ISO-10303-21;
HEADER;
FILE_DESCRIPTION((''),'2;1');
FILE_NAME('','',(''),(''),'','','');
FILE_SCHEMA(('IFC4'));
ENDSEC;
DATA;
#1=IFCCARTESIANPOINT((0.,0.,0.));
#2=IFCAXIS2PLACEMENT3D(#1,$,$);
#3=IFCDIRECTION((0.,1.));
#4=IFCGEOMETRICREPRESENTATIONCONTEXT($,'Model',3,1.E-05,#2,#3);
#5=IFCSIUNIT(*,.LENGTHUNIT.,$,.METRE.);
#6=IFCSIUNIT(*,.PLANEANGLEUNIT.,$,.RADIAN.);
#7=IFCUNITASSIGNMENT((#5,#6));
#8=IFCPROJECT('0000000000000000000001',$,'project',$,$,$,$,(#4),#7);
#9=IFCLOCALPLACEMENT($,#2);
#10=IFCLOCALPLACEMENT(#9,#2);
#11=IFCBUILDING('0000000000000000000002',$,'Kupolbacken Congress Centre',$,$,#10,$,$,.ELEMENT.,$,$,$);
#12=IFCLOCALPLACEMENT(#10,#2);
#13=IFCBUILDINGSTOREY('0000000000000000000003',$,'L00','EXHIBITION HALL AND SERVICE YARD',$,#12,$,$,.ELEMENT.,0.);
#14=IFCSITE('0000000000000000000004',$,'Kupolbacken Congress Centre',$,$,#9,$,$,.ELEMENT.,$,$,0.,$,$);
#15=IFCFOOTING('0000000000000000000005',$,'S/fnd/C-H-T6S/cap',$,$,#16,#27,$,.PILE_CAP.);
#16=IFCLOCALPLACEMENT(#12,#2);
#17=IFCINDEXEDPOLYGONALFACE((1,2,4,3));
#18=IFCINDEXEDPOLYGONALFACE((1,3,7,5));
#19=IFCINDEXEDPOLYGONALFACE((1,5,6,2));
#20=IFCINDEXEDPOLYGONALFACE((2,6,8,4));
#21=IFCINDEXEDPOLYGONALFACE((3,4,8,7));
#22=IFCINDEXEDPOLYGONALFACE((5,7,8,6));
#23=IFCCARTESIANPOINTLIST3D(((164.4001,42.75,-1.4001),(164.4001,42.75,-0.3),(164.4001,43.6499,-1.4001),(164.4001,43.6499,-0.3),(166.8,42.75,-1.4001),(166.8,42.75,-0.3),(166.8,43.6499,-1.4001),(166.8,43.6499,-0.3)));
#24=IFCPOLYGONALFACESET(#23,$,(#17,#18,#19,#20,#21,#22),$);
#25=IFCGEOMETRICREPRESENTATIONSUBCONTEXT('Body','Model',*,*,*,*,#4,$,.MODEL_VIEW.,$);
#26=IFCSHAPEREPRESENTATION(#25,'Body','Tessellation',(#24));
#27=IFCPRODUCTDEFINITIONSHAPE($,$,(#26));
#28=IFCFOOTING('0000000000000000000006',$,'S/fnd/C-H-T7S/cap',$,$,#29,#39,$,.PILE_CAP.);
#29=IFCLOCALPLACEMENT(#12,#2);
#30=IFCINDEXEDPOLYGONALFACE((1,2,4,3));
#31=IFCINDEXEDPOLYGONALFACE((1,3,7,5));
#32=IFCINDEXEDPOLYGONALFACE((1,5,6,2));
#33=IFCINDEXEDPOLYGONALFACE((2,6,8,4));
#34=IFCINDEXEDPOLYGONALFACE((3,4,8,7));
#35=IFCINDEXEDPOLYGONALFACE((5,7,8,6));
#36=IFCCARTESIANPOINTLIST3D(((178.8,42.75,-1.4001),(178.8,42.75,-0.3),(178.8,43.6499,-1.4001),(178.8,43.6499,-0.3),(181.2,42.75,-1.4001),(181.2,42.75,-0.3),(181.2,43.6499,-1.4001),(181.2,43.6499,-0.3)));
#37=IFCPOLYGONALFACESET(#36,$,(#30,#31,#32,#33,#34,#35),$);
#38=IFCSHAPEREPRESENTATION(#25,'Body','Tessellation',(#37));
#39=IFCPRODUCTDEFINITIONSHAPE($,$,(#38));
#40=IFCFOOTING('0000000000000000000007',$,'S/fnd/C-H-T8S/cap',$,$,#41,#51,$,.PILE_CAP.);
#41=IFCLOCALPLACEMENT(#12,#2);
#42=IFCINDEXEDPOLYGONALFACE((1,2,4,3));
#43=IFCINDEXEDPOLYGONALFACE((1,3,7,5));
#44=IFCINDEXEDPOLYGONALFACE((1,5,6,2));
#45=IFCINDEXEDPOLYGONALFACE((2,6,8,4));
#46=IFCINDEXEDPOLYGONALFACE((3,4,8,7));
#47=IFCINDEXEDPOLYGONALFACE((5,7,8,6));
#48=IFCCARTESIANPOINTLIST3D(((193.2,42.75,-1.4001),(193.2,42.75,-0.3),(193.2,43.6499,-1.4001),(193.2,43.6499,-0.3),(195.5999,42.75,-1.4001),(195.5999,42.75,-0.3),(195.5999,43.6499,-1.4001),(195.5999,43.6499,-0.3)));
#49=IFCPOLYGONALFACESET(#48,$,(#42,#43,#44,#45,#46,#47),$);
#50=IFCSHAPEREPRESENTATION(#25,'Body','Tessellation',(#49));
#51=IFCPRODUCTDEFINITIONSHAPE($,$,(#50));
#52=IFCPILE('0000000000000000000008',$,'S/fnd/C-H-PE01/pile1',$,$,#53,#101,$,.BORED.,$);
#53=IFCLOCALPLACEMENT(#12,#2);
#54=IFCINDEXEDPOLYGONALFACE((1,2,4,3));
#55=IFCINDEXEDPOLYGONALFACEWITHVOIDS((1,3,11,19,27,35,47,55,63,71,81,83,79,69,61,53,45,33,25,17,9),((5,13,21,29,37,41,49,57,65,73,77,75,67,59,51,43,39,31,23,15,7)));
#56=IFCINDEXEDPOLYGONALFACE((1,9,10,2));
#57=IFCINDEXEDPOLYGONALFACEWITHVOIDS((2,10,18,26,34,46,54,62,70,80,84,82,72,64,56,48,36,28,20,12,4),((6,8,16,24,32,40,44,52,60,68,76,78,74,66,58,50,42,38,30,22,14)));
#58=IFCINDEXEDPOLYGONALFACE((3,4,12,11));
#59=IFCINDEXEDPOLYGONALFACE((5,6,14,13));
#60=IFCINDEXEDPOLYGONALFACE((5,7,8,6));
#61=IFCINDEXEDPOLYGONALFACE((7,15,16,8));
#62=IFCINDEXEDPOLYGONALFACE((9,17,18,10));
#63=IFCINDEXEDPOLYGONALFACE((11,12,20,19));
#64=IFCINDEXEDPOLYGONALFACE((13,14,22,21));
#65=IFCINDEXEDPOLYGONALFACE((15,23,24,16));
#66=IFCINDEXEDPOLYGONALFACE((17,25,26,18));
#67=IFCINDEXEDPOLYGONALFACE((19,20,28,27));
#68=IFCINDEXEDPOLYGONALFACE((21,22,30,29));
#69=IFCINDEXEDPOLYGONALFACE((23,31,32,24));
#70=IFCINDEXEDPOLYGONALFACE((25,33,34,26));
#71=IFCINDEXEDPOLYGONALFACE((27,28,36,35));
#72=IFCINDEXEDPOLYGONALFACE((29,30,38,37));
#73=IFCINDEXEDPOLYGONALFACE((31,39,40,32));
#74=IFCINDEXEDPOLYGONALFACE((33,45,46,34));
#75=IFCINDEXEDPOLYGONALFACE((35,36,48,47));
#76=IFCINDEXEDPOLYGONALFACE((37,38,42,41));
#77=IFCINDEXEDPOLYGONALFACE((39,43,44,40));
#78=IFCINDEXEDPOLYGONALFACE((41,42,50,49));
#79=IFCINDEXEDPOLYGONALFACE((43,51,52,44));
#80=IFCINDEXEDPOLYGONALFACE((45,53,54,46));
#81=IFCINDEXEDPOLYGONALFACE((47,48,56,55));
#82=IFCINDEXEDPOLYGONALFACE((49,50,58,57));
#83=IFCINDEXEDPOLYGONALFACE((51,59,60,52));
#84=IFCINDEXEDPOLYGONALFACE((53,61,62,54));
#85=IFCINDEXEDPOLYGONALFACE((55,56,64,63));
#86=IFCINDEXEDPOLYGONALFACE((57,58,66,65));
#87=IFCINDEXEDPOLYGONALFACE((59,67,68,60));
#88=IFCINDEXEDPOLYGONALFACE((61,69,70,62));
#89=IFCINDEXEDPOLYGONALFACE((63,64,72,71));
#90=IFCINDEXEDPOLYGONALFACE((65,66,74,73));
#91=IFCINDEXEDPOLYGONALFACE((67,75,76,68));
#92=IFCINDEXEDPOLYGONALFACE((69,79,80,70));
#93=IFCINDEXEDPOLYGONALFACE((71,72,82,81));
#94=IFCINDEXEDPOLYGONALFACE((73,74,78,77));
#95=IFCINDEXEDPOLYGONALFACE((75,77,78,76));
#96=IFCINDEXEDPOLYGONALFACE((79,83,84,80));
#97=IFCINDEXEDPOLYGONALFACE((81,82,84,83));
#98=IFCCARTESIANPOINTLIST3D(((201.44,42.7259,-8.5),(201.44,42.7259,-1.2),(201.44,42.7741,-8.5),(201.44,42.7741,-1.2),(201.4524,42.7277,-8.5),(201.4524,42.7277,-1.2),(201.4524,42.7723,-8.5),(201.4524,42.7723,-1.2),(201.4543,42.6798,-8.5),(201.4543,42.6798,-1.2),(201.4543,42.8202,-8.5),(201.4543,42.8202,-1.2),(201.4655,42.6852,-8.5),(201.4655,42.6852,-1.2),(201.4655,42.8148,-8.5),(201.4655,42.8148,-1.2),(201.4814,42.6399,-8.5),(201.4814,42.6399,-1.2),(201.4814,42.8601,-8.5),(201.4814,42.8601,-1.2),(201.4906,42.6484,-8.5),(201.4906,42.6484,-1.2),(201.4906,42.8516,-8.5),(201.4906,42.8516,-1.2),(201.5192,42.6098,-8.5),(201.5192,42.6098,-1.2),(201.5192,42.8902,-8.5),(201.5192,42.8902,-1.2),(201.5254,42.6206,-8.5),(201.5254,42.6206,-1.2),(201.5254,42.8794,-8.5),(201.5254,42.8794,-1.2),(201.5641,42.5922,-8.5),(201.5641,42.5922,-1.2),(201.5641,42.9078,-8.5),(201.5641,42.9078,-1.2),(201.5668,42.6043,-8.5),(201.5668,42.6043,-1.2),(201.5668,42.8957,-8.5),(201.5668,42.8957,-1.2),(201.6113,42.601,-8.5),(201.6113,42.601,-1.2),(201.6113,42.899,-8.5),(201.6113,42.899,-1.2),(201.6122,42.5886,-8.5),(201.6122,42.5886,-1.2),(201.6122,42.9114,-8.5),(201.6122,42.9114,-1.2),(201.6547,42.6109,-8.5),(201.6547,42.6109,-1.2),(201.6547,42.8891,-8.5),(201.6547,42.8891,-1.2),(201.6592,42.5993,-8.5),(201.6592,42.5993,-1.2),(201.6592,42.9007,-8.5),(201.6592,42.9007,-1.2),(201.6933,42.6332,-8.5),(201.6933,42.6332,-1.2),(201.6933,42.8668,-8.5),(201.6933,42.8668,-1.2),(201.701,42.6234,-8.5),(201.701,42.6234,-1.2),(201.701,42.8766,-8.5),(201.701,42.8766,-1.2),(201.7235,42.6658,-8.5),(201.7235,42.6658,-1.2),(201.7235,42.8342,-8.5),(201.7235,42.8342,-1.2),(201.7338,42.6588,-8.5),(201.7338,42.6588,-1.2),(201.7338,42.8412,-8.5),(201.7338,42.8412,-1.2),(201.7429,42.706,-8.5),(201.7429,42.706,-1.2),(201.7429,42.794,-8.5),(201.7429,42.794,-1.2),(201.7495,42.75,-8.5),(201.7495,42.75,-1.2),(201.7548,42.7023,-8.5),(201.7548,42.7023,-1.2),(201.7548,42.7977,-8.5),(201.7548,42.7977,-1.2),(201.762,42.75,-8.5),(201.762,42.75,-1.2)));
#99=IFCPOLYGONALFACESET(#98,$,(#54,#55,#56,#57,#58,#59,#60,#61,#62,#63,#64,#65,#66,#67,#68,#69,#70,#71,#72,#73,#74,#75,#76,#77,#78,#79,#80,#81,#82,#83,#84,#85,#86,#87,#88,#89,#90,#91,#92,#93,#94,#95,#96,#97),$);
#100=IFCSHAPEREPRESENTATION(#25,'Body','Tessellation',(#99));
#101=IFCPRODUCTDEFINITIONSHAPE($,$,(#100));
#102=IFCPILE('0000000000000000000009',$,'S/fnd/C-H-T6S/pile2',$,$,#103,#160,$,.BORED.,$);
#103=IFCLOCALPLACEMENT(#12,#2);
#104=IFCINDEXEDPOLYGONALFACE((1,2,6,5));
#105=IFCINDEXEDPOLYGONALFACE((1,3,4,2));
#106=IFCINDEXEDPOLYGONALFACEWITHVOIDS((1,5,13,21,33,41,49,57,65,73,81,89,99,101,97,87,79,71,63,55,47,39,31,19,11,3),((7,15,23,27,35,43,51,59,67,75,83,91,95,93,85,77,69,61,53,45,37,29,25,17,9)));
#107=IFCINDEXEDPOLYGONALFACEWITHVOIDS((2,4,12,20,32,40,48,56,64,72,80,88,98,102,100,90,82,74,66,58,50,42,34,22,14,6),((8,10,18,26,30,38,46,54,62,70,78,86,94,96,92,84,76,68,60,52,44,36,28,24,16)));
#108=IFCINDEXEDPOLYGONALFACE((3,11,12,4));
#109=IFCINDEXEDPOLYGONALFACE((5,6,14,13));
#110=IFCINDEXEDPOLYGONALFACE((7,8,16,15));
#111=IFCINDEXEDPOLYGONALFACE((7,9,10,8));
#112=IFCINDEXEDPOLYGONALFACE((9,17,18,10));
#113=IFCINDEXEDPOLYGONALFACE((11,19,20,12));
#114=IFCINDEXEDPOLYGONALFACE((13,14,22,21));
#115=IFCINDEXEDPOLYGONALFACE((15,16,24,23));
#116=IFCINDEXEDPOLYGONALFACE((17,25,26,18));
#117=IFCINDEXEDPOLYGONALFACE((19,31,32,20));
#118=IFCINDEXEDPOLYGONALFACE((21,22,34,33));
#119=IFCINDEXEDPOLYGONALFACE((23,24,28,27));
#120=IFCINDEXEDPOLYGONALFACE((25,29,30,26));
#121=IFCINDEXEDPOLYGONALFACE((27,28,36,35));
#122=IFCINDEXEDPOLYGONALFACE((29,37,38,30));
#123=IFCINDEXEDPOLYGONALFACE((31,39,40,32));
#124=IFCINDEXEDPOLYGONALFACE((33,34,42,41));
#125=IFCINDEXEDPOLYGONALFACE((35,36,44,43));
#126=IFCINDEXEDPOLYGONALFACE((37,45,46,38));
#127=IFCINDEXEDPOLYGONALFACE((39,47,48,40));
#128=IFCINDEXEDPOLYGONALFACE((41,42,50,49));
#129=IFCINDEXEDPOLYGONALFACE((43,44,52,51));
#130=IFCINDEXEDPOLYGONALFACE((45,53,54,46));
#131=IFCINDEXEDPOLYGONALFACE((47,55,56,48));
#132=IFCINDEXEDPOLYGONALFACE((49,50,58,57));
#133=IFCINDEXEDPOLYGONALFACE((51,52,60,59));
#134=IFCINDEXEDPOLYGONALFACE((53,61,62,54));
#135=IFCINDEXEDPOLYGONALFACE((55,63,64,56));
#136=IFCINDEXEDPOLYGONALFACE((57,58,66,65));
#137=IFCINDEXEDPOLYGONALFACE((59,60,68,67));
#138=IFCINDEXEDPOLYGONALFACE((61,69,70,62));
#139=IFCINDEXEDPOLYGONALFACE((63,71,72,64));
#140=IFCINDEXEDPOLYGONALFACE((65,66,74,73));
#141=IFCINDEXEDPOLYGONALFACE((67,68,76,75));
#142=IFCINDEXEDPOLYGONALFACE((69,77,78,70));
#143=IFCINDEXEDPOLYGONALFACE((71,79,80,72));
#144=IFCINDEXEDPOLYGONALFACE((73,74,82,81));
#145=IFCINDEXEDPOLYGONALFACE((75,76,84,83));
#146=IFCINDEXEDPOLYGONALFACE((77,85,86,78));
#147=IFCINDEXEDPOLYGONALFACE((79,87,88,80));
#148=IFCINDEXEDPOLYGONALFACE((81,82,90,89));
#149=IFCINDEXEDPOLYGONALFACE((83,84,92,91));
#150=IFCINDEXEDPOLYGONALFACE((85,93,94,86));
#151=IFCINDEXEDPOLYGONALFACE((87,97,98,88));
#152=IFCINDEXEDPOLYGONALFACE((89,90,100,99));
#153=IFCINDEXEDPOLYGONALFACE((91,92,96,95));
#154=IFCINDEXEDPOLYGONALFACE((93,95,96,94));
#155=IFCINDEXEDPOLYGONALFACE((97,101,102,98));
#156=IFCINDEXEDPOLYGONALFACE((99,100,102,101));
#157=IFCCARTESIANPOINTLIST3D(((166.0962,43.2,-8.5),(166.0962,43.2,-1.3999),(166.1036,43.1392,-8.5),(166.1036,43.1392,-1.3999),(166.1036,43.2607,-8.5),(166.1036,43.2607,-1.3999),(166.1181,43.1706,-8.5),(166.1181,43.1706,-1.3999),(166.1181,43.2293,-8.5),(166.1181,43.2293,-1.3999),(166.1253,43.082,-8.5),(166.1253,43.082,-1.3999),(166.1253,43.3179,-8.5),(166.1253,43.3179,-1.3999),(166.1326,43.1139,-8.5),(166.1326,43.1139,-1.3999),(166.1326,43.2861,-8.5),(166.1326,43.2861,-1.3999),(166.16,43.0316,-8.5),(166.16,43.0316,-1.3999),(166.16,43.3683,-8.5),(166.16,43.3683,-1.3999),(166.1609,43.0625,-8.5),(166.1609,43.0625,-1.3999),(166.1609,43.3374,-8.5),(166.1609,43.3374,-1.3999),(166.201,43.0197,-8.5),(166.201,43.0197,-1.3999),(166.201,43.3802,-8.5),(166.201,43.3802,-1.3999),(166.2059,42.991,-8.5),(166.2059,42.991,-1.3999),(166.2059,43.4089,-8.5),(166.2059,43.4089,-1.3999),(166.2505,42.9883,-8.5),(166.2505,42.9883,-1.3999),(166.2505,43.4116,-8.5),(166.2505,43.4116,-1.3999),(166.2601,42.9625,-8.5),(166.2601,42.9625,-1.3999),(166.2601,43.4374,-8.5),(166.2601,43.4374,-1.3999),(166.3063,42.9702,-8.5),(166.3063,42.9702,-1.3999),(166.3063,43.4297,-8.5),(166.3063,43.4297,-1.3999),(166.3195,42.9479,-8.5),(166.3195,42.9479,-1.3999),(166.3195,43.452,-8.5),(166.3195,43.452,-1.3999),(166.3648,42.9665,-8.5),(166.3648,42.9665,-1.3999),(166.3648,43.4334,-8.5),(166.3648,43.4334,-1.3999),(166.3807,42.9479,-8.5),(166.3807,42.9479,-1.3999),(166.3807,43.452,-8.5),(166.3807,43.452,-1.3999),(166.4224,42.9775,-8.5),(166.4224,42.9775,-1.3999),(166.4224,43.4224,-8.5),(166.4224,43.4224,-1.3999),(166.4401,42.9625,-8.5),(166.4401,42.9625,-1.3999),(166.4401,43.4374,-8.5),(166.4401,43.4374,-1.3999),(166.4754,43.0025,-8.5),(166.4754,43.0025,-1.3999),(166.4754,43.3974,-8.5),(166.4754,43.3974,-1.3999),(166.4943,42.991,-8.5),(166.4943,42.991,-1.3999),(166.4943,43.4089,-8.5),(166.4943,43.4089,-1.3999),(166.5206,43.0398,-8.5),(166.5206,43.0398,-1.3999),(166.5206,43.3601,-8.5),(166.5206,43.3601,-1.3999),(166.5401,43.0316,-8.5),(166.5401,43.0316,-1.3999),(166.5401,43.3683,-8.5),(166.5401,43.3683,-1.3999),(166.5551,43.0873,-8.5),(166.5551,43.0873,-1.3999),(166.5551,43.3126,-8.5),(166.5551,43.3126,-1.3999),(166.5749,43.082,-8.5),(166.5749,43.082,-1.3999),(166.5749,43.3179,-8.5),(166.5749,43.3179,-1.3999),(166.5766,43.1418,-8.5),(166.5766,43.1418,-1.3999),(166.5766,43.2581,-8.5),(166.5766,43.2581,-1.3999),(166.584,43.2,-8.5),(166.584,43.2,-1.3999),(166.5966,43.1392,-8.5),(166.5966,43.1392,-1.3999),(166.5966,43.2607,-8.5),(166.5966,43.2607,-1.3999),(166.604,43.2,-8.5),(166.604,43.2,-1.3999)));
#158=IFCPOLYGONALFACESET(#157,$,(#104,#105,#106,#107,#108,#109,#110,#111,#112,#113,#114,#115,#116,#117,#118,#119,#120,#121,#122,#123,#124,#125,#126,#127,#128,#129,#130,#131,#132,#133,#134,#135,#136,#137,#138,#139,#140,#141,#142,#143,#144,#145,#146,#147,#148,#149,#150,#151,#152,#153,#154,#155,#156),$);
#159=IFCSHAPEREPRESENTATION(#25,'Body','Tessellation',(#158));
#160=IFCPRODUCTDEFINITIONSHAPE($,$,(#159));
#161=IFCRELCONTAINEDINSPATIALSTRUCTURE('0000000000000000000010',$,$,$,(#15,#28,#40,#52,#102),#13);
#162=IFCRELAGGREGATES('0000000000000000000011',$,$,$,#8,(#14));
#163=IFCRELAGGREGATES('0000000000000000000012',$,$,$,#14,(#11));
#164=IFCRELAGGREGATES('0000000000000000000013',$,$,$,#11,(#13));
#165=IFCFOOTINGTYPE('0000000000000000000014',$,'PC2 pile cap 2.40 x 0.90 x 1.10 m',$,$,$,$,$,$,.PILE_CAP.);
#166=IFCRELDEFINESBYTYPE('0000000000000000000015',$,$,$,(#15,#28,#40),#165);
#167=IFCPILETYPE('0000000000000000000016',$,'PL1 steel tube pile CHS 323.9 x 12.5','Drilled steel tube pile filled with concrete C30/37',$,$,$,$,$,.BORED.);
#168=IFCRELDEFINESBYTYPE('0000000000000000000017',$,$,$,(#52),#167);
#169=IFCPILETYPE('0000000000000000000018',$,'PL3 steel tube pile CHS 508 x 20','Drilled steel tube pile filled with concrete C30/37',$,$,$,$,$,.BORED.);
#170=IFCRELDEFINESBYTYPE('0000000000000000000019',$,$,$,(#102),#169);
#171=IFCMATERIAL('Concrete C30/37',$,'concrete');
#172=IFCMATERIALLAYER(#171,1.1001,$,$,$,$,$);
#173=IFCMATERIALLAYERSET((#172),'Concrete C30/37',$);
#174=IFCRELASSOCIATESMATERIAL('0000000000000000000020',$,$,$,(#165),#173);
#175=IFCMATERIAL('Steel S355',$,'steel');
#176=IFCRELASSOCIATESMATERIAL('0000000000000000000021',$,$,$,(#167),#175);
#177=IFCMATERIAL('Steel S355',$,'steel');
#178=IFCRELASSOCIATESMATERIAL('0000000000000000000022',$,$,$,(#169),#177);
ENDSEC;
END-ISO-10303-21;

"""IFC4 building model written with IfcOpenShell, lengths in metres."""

from ifc_helpers import new_model, si_unit, direction, frame, origin, origin_2d, place, context, subcontext, project, spatial, rectangle, hollow_circle, extrude, material, layer, layer_set, material_profile, profile_set, type_object, element, save


model = new_model("IFC4")

# Units and contexts
model_context = context("Model", 3, precision=1e-05, world=origin(), true_north=direction((0.0, 1.0)))
body_context = subcontext(model_context, "Body", "Model", "MODEL_VIEW")
ifc_project = project(units=[si_unit("LENGTHUNIT", "METRE"), si_unit("PLANEANGLEUNIT", "RADIAN")], contexts=[model_context])

# Site, building, storey
site_placement = place(None, origin())
site = spatial("IfcSite", under=ifc_project, at=site_placement, Name="Kupolbacken Congress Centre", CompositionType="ELEMENT", RefElevation=0.0)
building_placement = place(site_placement, origin())
building = spatial("IfcBuilding", under=site, at=building_placement, Name="Kupolbacken Congress Centre", CompositionType="ELEMENT")
storey_placement = place(building_placement, origin())
storey = spatial("IfcBuildingStorey", under=building, at=storey_placement, Name="L00", Description="EXHIBITION HALL AND SERVICE YARD", CompositionType="ELEMENT", Elevation=0.0)

# Footings
ifc_material_1 = material(Name="Concrete C30/37", Category="concrete")
ifc_layer_1 = layer(ifc_material_1, 1.1001)
ifc_layer_set_1 = layer_set([ifc_layer_1], Name="Concrete C30/37")
footing_type = type_object("IfcFootingType", Name="PC2 pile cap 2.40 x 0.90 x 1.10 m", PredefinedType="PILE_CAP", material=ifc_layer_set_1)
for number, where, z_axis, x_axis, name in (
    (1, (165.6001, 43.2, -1.4001), (0.0, 0.0, 1.0), (1.0, 0.0, 0.0), "S/fnd/C-H-T6S/cap"),
    (2, (180.0, 43.2, -1.4001), (0.0, 0.0, 1.0), (1.0, 0.0, 0.0), "S/fnd/C-H-T7S/cap"),
    (3, (194.3999, 43.2, -1.4001), (0.0, 0.0, 1.0), (1.0, 0.0, 0.0), "S/fnd/C-H-T8S/cap"),
):
    element("IfcFooting", number, at=place(storey_placement, frame(where, z_axis=z_axis, x_axis=x_axis)), inside=storey, type_object=footing_type, Name=name, PredefinedType="PILE_CAP", context=body_context, shape_type="SweptSolid", body=[
        extrude(rectangle(XDim=2.3999, YDim=0.8999, at=origin_2d()), origin(), (0.0, 0.0, 1.0), 1.1001),
    ])

# Piles
ifc_material_2 = material(Name="Steel S355", Category="steel")
ifc_material_profile_1 = material_profile(ifc_material_2, hollow_circle(Radius=0.1619, WallThickness=0.0125, at=origin_2d()), Name="CHS 323.9 x 12.5")
ifc_profile_set_1 = profile_set([ifc_material_profile_1], Name="Steel S355")
pile_type_1 = type_object("IfcPileType", Name="PL1 steel tube pile CHS 323.9 x 12.5", Description="Drilled steel tube pile filled with concrete C30/37", PredefinedType="BORED", material=ifc_profile_set_1)
pile_placement = place(storey_placement, frame((201.6001, 42.75, -1.2), z_axis=(0.0, 0.0, -1.0), x_axis=(1.0, 0.0, 0.0)))
element("IfcPile", 4, at=pile_placement, inside=storey, type_object=pile_type_1, Name="S/fnd/C-H-PE01/pile1", PredefinedType="BORED", context=body_context, shape_type="SweptSolid", body=[
    extrude(hollow_circle(Radius=0.1619, WallThickness=0.0125, at=origin_2d()), origin(), (0.0, 0.0, 1.0), 7.3),
])
ifc_material_3 = material(Name="Steel S355", Category="steel")
ifc_material_profile_2 = material_profile(ifc_material_3, hollow_circle(Radius=0.2539, WallThickness=0.02, at=origin_2d()), Name="CHS 508 x 20")
ifc_profile_set_2 = profile_set([ifc_material_profile_2], Name="Steel S355")
pile_type_2 = type_object("IfcPileType", Name="PL3 steel tube pile CHS 508 x 20", Description="Drilled steel tube pile filled with concrete C30/37", PredefinedType="BORED", material=ifc_profile_set_2)
for number, where, z_axis, x_axis, name in (
    (5, (166.3501, 43.2, -1.3999), (0.0, 0.0, -1.0), (1.0, 0.0, 0.0), "S/fnd/C-H-T6S/pile2"),
):
    element("IfcPile", number, at=place(storey_placement, frame(where, z_axis=z_axis, x_axis=x_axis)), inside=storey, type_object=pile_type_2, Name=name, PredefinedType="BORED", context=body_context, shape_type="SweptSolid", body=[
        extrude(hollow_circle(Radius=0.2539, WallThickness=0.02, at=origin_2d()), origin(), (0.0, 0.0, 1.0), 7.1001),
    ])

save(model, "model.ifc")
